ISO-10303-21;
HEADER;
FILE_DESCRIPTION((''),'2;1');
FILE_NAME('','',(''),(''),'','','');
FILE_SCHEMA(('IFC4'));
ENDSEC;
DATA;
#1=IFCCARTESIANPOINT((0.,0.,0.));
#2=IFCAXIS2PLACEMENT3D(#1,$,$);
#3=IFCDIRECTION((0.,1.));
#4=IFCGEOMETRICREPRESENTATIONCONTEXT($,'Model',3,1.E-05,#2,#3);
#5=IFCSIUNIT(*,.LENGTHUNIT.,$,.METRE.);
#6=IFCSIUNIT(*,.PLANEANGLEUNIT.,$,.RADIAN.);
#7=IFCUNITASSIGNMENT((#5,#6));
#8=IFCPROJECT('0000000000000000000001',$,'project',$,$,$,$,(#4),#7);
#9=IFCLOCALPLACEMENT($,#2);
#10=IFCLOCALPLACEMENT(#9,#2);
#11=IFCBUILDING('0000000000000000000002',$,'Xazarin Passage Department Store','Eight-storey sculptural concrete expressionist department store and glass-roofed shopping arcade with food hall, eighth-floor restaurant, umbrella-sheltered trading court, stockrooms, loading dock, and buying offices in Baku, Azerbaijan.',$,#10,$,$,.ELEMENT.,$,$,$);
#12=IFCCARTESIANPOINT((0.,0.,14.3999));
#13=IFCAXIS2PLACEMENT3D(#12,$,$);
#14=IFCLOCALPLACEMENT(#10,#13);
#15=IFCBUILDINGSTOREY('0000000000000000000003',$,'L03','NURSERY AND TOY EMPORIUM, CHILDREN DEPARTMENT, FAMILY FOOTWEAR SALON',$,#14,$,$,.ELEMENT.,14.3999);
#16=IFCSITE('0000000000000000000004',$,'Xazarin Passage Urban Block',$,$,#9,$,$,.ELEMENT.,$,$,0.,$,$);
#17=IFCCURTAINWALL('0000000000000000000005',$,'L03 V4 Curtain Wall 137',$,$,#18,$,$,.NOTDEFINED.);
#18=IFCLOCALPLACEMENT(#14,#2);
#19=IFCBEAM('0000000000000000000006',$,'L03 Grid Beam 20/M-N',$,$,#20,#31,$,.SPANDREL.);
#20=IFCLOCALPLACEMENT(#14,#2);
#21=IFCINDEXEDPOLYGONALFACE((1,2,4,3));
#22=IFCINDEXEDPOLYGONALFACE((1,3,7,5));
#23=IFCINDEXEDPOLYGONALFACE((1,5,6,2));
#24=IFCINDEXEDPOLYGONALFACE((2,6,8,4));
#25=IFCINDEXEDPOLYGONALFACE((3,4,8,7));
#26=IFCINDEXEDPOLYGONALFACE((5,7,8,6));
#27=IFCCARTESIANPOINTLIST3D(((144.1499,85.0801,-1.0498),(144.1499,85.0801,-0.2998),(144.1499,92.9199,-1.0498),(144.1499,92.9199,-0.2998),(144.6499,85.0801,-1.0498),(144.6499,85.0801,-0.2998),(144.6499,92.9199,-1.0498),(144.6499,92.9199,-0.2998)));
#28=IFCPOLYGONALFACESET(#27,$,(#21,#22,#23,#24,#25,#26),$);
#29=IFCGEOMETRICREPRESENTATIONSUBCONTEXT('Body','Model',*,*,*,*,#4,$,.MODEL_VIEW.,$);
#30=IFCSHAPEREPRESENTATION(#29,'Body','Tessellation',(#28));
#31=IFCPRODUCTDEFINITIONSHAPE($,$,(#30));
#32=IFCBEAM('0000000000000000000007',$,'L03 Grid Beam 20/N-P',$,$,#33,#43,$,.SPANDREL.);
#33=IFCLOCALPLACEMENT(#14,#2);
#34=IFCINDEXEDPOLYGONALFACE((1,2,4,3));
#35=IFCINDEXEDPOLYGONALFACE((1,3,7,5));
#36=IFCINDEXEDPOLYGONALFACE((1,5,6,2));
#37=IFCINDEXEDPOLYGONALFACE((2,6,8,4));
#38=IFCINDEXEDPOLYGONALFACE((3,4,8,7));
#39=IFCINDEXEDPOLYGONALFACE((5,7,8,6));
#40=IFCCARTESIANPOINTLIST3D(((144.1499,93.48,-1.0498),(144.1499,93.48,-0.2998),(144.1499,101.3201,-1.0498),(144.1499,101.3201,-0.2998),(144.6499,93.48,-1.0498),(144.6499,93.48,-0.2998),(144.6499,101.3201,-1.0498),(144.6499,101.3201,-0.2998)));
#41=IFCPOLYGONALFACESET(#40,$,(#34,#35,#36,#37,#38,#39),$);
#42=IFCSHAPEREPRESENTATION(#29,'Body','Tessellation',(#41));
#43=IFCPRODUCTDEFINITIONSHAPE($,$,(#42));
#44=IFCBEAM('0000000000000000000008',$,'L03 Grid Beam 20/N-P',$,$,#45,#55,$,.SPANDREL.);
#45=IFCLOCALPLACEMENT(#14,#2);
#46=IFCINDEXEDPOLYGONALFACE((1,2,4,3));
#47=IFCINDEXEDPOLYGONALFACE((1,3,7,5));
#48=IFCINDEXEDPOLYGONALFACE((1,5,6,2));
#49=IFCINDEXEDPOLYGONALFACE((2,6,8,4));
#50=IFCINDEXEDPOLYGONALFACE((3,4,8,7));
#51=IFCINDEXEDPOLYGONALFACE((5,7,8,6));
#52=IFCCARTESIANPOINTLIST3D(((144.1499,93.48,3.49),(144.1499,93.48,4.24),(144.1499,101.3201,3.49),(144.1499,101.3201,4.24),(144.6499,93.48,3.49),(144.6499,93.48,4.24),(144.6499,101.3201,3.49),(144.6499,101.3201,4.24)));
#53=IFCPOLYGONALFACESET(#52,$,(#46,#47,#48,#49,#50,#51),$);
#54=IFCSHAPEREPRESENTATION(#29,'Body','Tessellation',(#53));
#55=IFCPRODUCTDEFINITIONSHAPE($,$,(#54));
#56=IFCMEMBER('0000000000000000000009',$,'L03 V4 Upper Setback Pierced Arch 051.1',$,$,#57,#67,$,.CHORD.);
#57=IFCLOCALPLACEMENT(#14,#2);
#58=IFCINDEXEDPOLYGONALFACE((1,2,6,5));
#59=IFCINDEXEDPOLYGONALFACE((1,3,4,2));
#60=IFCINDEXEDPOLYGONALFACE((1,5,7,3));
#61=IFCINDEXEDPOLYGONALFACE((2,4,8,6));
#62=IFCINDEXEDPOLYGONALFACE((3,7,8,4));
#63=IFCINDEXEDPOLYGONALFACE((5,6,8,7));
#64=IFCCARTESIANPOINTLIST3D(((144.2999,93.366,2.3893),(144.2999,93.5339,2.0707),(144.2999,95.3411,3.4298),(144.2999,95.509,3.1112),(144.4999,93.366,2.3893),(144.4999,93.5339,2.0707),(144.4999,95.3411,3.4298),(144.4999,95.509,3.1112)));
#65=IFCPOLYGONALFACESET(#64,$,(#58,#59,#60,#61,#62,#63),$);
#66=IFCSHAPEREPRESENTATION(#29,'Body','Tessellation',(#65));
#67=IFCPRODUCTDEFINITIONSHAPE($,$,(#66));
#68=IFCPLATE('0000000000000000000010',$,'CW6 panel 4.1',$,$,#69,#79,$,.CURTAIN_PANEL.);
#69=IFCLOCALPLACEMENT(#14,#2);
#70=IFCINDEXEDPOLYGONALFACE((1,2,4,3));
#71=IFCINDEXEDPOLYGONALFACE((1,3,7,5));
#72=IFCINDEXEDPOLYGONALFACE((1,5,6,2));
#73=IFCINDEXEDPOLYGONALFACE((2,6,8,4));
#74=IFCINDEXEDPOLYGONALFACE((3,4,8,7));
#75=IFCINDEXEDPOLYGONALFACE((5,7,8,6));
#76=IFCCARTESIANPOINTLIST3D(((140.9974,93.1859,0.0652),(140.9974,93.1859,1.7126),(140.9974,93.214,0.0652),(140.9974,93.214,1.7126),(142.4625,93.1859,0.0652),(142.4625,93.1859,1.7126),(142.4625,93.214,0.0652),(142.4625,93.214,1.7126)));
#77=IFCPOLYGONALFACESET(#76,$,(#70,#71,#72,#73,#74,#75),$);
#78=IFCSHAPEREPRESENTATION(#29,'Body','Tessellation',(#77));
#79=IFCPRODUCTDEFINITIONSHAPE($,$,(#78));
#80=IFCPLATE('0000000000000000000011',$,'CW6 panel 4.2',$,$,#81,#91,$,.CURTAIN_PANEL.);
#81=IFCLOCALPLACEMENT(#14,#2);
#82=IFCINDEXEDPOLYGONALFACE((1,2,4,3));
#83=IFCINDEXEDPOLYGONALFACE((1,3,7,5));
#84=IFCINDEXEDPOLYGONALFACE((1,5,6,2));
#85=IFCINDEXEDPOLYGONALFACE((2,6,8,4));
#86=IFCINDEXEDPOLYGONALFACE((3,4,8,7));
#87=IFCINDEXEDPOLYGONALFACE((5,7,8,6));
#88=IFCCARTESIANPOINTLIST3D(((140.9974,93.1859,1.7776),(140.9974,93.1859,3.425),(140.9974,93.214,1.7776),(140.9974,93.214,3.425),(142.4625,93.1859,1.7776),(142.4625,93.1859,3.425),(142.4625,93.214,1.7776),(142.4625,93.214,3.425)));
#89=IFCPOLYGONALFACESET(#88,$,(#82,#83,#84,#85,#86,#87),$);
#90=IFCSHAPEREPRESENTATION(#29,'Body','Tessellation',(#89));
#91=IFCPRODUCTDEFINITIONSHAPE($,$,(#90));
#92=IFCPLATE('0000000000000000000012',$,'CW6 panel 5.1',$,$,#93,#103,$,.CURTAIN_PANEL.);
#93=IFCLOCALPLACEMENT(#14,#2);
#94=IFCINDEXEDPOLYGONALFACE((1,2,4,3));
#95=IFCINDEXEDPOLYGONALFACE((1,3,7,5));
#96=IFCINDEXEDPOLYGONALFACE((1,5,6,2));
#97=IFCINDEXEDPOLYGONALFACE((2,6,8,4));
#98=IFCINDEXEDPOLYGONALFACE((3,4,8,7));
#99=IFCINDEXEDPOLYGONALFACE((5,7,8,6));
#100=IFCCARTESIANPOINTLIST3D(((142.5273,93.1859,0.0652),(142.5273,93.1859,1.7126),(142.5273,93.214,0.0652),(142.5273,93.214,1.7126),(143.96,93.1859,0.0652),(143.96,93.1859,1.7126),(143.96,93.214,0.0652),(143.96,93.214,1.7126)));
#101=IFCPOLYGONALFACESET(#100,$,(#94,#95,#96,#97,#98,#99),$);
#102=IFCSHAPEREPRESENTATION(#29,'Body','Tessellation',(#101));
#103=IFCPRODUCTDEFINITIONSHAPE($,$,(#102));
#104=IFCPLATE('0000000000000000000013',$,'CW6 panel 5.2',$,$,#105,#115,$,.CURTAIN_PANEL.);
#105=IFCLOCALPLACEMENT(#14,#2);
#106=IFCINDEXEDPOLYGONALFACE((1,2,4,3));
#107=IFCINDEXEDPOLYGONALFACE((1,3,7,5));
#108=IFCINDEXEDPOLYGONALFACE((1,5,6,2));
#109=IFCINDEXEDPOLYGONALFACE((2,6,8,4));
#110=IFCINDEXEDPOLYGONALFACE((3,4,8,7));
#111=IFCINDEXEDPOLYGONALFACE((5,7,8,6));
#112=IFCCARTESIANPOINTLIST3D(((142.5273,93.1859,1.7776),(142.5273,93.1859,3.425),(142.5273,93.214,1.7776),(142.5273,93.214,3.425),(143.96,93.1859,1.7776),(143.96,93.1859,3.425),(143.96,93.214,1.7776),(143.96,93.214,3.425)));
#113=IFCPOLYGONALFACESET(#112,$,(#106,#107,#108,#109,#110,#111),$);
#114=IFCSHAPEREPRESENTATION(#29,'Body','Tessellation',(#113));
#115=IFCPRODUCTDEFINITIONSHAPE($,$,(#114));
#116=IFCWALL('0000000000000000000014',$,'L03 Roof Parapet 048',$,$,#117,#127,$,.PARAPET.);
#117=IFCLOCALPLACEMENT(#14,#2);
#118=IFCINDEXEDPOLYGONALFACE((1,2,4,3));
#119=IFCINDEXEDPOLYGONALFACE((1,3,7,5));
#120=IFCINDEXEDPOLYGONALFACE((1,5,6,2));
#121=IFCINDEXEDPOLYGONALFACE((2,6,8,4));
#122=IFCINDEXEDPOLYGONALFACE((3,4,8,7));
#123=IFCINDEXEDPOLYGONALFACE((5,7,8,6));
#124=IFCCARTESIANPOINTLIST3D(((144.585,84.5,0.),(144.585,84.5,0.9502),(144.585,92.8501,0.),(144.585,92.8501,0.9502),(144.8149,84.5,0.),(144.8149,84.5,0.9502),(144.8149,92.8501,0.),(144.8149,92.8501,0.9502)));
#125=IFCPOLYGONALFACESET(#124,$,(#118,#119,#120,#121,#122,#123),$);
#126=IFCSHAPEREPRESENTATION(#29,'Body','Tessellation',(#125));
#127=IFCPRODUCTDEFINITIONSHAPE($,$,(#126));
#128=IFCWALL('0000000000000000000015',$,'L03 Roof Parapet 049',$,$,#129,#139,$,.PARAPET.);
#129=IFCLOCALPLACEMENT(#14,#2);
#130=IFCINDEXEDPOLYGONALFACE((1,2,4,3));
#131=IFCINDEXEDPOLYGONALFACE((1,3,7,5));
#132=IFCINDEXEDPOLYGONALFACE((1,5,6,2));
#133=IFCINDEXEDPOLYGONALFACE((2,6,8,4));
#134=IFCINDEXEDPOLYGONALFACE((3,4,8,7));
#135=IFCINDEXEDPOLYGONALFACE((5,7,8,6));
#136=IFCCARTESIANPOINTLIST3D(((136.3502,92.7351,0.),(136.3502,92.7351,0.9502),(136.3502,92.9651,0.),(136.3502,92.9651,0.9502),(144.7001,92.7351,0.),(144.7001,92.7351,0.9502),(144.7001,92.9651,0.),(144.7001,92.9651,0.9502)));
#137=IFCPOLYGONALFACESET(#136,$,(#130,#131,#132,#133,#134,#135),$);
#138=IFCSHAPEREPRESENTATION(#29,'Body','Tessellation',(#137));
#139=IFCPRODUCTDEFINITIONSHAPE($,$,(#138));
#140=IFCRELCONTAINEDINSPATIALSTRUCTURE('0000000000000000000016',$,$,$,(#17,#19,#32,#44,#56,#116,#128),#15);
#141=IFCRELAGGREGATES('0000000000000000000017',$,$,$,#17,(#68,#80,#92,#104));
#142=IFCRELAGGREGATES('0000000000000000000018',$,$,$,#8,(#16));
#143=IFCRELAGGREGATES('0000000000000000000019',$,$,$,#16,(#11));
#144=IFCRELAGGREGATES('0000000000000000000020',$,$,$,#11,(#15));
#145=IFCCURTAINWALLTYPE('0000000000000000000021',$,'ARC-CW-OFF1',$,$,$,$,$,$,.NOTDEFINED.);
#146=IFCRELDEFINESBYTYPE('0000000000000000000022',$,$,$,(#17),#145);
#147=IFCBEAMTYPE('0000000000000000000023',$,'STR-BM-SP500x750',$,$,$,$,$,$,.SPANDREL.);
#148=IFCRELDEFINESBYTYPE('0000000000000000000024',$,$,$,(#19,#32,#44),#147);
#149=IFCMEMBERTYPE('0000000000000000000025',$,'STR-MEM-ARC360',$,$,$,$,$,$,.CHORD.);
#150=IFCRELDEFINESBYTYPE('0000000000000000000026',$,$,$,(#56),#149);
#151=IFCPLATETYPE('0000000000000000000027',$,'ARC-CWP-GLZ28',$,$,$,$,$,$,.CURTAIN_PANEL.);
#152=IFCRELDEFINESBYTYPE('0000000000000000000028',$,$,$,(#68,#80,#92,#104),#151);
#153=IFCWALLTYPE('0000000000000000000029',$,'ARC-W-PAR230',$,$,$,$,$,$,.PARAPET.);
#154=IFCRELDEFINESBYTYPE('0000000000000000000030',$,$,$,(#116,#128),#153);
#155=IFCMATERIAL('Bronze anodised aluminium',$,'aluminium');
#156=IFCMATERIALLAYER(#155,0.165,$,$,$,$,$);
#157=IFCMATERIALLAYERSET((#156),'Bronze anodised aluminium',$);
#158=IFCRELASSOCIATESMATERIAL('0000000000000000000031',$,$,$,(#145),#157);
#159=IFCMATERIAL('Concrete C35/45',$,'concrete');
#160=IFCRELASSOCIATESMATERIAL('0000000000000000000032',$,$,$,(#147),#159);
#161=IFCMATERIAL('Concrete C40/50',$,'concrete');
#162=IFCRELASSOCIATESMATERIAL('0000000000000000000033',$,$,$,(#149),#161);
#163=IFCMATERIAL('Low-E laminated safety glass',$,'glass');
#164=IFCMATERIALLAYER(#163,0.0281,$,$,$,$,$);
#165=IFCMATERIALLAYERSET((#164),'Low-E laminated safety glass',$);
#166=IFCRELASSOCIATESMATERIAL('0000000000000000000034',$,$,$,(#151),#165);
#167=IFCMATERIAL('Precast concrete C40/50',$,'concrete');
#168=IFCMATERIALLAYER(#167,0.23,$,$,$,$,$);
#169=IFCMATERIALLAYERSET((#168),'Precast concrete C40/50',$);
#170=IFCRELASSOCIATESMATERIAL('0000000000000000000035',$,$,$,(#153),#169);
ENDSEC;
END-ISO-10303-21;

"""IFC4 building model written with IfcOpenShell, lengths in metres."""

from ifc_helpers import new_model, si_unit, direction, frame, frame_2d, origin, origin_2d, place, context, subcontext, project, spatial, rectangle, extrude, material, layer, layer_set, material_profile, profile_set, type_object, element, aggregate, save


model = new_model("IFC4")

# Units and contexts
model_context = context("Model", 3, precision=1e-05, world=origin(), true_north=direction((0.0, 1.0)))
body_context = subcontext(model_context, "Body", "Model", "MODEL_VIEW")
ifc_project = project(units=[si_unit("LENGTHUNIT", "METRE"), si_unit("PLANEANGLEUNIT", "RADIAN")], contexts=[model_context])

# Site, building, storey
site_placement = place(None, origin())
site = spatial("IfcSite", under=ifc_project, at=site_placement, Name="Xazarin Passage Urban Block", CompositionType="ELEMENT", RefElevation=0.0)
building_placement = place(site_placement, origin())
building = spatial("IfcBuilding", under=site, at=building_placement, Name="Xazarin Passage Department Store", Description="Eight-storey sculptural concrete expressionist department store and glass-roofed shopping arcade with food hall, eighth-floor restaurant, umbrella-sheltered trading court, stockrooms, loading dock, and buying offices in Baku, Azerbaijan.", CompositionType="ELEMENT")
storey_placement = place(building_placement, frame((0.0, 0.0, 14.3999)))
storey = spatial("IfcBuildingStorey", under=building, at=storey_placement, Name="L03", Description="NURSERY AND TOY EMPORIUM, CHILDREN DEPARTMENT, FAMILY FOOTWEAR SALON", CompositionType="ELEMENT", Elevation=14.3999)

# Shared definitions
ifc_material_1 = material(Name="Concrete C40/50", Category="concrete")

# Curtain wall
ifc_material_2 = material(Name="Bronze anodised aluminium", Category="aluminium")
ifc_layer_1 = layer(ifc_material_2, 0.165)
ifc_layer_set_1 = layer_set([ifc_layer_1], Name="Bronze anodised aluminium")
curtain_wall_type = type_object("IfcCurtainWallType", Name="ARC-CW-OFF1", PredefinedType="NOTDEFINED", material=ifc_layer_set_1)
curtain_wall_1_placement = place(storey_placement, origin())
curtain_wall_1 = element("IfcCurtainWall", 1, at=curtain_wall_1_placement, inside=storey, type_object=curtain_wall_type, Name="L03 V4 Curtain Wall 137", PredefinedType="NOTDEFINED")

# Beams
ifc_material_3 = material(Name="Concrete C35/45", Category="concrete")
ifc_material_profile_1 = material_profile(ifc_material_3, rectangle(XDim=0.5, YDim=0.75, at=origin_2d()), Name="RC 500x750")
ifc_profile_set_1 = profile_set([ifc_material_profile_1], Name="Concrete C35/45")
beam_type = type_object("IfcBeamType", Name="STR-BM-SP500x750", PredefinedType="SPANDREL", material=ifc_profile_set_1)
beam_placement = place(storey_placement, frame((144.3999, 85.0801, -0.6748), z_axis=(0.0, 1.0, 0.0), x_axis=(-1.0, 0.0, 0.0)))
element("IfcBeam", 2, at=beam_placement, inside=storey, type_object=beam_type, Name="L03 Grid Beam 20/M-N", PredefinedType="SPANDREL", context=body_context, shape_type="SweptSolid", body=[
    extrude(rectangle(XDim=0.5, YDim=0.75, at=origin_2d()), origin(), (0.0, 0.0, 1.0), 7.8398),
])
for number, where, z_axis, x_axis, name in (
    (3, (144.3999, 93.48, -0.6748), (0.0, 1.0, 0.0), (-1.0, 0.0, 0.0), "L03 Grid Beam 20/N-P"),
    (4, (144.3999, 93.48, 3.865), (0.0, 1.0, 0.0), (-1.0, 0.0, 0.0), "L03 Grid Beam 20/N-P"),
):
    element("IfcBeam", number, at=place(storey_placement, frame(where, z_axis=z_axis, x_axis=x_axis)), inside=storey, type_object=beam_type, Name=name, PredefinedType="SPANDREL", context=body_context, shape_type="SweptSolid", body=[
        extrude(rectangle(XDim=0.5, YDim=0.75, at=origin_2d()), origin(), (0.0, 0.0, 1.0), 7.8401),
    ])

# Member
ifc_material_profile_2 = material_profile(ifc_material_1, rectangle(XDim=0.2, YDim=0.3601, at=origin_2d()), Name="RC 200x360")
ifc_profile_set_2 = profile_set([ifc_material_profile_2], Name="Concrete C40/50")
member_type_1 = type_object("IfcMemberType", Name="STR-MEM-ARC360", PredefinedType="CHORD", material=ifc_profile_set_2)
member_1_placement = place(storey_placement, frame((144.3999, 93.45, 2.23), z_axis=(0.0, 0.884733, 0.466098), x_axis=(-1.0, 0.0, 0.0)))
element("IfcMember", 5, at=member_1_placement, inside=storey, type_object=member_type_1, Name="L03 V4 Upper Setback Pierced Arch 051.1", PredefinedType="CHORD", context=body_context, shape_type="SweptSolid", body=[
    extrude(rectangle(XDim=0.2, YDim=0.3601, at=origin_2d()), origin(), (0.0, 0.0, 1.0), 2.2324),
])

# Plates
ifc_material_4 = material(Name="Low-E laminated safety glass", Category="glass")
ifc_layer_2 = layer(ifc_material_4, 0.0281)
ifc_layer_set_2 = layer_set([ifc_layer_2], Name="Low-E laminated safety glass")
plate_type = type_object("IfcPlateType", Name="ARC-CWP-GLZ28", PredefinedType="CURTAIN_PANEL", material=ifc_layer_set_2)
plate_1_placement = place(storey_placement, frame((141.73, 93.2, 0.0652), z_axis=(0.0, 0.0, 1.0), x_axis=(1.0, 0.0, 0.0)))
plate_1 = element("IfcPlate", 6, at=plate_1_placement, type_object=plate_type, Name="CW6 panel 4.1", PredefinedType="CURTAIN_PANEL", context=body_context, shape_type="SweptSolid", body=[
    extrude(rectangle(XDim=1.4651, YDim=0.0281, at=origin_2d()), origin(), (0.0, 0.0, 1.0), 1.6475),
])
plate_2_placement = place(storey_placement, frame((141.73, 93.2, 1.7776), z_axis=(0.0, 0.0, 1.0), x_axis=(1.0, 0.0, 0.0)))
plate_2 = element("IfcPlate", 7, at=plate_2_placement, type_object=plate_type, Name="CW6 panel 4.2", PredefinedType="CURTAIN_PANEL", context=body_context, shape_type="SweptSolid", body=[
    extrude(rectangle(XDim=1.4651, YDim=0.0281, at=origin_2d()), origin(), (0.0, 0.0, 1.0), 1.6475),
])
plate_3_placement = place(storey_placement, frame((143.2437, 93.2, 0.0652), z_axis=(0.0, 0.0, 1.0), x_axis=(1.0, 0.0, 0.0)))
plate_3 = element("IfcPlate", 8, at=plate_3_placement, type_object=plate_type, Name="CW6 panel 5.1", PredefinedType="CURTAIN_PANEL", context=body_context, shape_type="SweptSolid", body=[
    extrude(rectangle(XDim=1.4326, YDim=0.0281, at=origin_2d()), origin(), (0.0, 0.0, 1.0), 1.6475),
])
plate_4_placement = place(storey_placement, frame((143.2437, 93.2, 1.7776), z_axis=(0.0, 0.0, 1.0), x_axis=(1.0, 0.0, 0.0)))
plate_4 = element("IfcPlate", 9, at=plate_4_placement, type_object=plate_type, Name="CW6 panel 5.2", PredefinedType="CURTAIN_PANEL", context=body_context, shape_type="SweptSolid", body=[
    extrude(rectangle(XDim=1.4326, YDim=0.0281, at=origin_2d()), origin(), (0.0, 0.0, 1.0), 1.6475),
])
aggregate(curtain_wall_1, [plate_1, plate_2, plate_3, plate_4])

# Walls
ifc_material_5 = material(Name="Precast concrete C40/50", Category="concrete")
ifc_layer_3 = layer(ifc_material_5, 0.23)
ifc_layer_set_3 = layer_set([ifc_layer_3], Name="Precast concrete C40/50")
wall_type = type_object("IfcWallType", Name="ARC-W-PAR230", PredefinedType="PARAPET", material=ifc_layer_set_3)
wall_1_placement = place(storey_placement, frame((144.7, 84.5, 0.0), z_axis=(0.0, 0.0, 1.0), x_axis=(0.0, 1.0, 0.0)))
element("IfcWall", 10, at=wall_1_placement, inside=storey, type_object=wall_type, Name="L03 Roof Parapet 048", PredefinedType="PARAPET", context=body_context, shape_type="SweptSolid", body=[
    extrude(rectangle(XDim=8.3501, YDim=0.23, at=frame_2d((4.175, 0.0))), origin(), (0.0, 0.0, 1.0), 0.9502),
])
wall_2_placement = place(storey_placement, frame((144.7, 92.8501, 0.0), z_axis=(0.0, 0.0, 1.0), x_axis=(-1.0, 0.0, 0.0)))
element("IfcWall", 11, at=wall_2_placement, inside=storey, type_object=wall_type, Name="L03 Roof Parapet 049", PredefinedType="PARAPET", context=body_context, shape_type="SweptSolid", body=[
    extrude(rectangle(XDim=8.3499, YDim=0.23, at=frame_2d((4.1748, 0.0))), origin(), (0.0, 0.0, 1.0), 0.9502),
])

save(model, "model.ifc")
